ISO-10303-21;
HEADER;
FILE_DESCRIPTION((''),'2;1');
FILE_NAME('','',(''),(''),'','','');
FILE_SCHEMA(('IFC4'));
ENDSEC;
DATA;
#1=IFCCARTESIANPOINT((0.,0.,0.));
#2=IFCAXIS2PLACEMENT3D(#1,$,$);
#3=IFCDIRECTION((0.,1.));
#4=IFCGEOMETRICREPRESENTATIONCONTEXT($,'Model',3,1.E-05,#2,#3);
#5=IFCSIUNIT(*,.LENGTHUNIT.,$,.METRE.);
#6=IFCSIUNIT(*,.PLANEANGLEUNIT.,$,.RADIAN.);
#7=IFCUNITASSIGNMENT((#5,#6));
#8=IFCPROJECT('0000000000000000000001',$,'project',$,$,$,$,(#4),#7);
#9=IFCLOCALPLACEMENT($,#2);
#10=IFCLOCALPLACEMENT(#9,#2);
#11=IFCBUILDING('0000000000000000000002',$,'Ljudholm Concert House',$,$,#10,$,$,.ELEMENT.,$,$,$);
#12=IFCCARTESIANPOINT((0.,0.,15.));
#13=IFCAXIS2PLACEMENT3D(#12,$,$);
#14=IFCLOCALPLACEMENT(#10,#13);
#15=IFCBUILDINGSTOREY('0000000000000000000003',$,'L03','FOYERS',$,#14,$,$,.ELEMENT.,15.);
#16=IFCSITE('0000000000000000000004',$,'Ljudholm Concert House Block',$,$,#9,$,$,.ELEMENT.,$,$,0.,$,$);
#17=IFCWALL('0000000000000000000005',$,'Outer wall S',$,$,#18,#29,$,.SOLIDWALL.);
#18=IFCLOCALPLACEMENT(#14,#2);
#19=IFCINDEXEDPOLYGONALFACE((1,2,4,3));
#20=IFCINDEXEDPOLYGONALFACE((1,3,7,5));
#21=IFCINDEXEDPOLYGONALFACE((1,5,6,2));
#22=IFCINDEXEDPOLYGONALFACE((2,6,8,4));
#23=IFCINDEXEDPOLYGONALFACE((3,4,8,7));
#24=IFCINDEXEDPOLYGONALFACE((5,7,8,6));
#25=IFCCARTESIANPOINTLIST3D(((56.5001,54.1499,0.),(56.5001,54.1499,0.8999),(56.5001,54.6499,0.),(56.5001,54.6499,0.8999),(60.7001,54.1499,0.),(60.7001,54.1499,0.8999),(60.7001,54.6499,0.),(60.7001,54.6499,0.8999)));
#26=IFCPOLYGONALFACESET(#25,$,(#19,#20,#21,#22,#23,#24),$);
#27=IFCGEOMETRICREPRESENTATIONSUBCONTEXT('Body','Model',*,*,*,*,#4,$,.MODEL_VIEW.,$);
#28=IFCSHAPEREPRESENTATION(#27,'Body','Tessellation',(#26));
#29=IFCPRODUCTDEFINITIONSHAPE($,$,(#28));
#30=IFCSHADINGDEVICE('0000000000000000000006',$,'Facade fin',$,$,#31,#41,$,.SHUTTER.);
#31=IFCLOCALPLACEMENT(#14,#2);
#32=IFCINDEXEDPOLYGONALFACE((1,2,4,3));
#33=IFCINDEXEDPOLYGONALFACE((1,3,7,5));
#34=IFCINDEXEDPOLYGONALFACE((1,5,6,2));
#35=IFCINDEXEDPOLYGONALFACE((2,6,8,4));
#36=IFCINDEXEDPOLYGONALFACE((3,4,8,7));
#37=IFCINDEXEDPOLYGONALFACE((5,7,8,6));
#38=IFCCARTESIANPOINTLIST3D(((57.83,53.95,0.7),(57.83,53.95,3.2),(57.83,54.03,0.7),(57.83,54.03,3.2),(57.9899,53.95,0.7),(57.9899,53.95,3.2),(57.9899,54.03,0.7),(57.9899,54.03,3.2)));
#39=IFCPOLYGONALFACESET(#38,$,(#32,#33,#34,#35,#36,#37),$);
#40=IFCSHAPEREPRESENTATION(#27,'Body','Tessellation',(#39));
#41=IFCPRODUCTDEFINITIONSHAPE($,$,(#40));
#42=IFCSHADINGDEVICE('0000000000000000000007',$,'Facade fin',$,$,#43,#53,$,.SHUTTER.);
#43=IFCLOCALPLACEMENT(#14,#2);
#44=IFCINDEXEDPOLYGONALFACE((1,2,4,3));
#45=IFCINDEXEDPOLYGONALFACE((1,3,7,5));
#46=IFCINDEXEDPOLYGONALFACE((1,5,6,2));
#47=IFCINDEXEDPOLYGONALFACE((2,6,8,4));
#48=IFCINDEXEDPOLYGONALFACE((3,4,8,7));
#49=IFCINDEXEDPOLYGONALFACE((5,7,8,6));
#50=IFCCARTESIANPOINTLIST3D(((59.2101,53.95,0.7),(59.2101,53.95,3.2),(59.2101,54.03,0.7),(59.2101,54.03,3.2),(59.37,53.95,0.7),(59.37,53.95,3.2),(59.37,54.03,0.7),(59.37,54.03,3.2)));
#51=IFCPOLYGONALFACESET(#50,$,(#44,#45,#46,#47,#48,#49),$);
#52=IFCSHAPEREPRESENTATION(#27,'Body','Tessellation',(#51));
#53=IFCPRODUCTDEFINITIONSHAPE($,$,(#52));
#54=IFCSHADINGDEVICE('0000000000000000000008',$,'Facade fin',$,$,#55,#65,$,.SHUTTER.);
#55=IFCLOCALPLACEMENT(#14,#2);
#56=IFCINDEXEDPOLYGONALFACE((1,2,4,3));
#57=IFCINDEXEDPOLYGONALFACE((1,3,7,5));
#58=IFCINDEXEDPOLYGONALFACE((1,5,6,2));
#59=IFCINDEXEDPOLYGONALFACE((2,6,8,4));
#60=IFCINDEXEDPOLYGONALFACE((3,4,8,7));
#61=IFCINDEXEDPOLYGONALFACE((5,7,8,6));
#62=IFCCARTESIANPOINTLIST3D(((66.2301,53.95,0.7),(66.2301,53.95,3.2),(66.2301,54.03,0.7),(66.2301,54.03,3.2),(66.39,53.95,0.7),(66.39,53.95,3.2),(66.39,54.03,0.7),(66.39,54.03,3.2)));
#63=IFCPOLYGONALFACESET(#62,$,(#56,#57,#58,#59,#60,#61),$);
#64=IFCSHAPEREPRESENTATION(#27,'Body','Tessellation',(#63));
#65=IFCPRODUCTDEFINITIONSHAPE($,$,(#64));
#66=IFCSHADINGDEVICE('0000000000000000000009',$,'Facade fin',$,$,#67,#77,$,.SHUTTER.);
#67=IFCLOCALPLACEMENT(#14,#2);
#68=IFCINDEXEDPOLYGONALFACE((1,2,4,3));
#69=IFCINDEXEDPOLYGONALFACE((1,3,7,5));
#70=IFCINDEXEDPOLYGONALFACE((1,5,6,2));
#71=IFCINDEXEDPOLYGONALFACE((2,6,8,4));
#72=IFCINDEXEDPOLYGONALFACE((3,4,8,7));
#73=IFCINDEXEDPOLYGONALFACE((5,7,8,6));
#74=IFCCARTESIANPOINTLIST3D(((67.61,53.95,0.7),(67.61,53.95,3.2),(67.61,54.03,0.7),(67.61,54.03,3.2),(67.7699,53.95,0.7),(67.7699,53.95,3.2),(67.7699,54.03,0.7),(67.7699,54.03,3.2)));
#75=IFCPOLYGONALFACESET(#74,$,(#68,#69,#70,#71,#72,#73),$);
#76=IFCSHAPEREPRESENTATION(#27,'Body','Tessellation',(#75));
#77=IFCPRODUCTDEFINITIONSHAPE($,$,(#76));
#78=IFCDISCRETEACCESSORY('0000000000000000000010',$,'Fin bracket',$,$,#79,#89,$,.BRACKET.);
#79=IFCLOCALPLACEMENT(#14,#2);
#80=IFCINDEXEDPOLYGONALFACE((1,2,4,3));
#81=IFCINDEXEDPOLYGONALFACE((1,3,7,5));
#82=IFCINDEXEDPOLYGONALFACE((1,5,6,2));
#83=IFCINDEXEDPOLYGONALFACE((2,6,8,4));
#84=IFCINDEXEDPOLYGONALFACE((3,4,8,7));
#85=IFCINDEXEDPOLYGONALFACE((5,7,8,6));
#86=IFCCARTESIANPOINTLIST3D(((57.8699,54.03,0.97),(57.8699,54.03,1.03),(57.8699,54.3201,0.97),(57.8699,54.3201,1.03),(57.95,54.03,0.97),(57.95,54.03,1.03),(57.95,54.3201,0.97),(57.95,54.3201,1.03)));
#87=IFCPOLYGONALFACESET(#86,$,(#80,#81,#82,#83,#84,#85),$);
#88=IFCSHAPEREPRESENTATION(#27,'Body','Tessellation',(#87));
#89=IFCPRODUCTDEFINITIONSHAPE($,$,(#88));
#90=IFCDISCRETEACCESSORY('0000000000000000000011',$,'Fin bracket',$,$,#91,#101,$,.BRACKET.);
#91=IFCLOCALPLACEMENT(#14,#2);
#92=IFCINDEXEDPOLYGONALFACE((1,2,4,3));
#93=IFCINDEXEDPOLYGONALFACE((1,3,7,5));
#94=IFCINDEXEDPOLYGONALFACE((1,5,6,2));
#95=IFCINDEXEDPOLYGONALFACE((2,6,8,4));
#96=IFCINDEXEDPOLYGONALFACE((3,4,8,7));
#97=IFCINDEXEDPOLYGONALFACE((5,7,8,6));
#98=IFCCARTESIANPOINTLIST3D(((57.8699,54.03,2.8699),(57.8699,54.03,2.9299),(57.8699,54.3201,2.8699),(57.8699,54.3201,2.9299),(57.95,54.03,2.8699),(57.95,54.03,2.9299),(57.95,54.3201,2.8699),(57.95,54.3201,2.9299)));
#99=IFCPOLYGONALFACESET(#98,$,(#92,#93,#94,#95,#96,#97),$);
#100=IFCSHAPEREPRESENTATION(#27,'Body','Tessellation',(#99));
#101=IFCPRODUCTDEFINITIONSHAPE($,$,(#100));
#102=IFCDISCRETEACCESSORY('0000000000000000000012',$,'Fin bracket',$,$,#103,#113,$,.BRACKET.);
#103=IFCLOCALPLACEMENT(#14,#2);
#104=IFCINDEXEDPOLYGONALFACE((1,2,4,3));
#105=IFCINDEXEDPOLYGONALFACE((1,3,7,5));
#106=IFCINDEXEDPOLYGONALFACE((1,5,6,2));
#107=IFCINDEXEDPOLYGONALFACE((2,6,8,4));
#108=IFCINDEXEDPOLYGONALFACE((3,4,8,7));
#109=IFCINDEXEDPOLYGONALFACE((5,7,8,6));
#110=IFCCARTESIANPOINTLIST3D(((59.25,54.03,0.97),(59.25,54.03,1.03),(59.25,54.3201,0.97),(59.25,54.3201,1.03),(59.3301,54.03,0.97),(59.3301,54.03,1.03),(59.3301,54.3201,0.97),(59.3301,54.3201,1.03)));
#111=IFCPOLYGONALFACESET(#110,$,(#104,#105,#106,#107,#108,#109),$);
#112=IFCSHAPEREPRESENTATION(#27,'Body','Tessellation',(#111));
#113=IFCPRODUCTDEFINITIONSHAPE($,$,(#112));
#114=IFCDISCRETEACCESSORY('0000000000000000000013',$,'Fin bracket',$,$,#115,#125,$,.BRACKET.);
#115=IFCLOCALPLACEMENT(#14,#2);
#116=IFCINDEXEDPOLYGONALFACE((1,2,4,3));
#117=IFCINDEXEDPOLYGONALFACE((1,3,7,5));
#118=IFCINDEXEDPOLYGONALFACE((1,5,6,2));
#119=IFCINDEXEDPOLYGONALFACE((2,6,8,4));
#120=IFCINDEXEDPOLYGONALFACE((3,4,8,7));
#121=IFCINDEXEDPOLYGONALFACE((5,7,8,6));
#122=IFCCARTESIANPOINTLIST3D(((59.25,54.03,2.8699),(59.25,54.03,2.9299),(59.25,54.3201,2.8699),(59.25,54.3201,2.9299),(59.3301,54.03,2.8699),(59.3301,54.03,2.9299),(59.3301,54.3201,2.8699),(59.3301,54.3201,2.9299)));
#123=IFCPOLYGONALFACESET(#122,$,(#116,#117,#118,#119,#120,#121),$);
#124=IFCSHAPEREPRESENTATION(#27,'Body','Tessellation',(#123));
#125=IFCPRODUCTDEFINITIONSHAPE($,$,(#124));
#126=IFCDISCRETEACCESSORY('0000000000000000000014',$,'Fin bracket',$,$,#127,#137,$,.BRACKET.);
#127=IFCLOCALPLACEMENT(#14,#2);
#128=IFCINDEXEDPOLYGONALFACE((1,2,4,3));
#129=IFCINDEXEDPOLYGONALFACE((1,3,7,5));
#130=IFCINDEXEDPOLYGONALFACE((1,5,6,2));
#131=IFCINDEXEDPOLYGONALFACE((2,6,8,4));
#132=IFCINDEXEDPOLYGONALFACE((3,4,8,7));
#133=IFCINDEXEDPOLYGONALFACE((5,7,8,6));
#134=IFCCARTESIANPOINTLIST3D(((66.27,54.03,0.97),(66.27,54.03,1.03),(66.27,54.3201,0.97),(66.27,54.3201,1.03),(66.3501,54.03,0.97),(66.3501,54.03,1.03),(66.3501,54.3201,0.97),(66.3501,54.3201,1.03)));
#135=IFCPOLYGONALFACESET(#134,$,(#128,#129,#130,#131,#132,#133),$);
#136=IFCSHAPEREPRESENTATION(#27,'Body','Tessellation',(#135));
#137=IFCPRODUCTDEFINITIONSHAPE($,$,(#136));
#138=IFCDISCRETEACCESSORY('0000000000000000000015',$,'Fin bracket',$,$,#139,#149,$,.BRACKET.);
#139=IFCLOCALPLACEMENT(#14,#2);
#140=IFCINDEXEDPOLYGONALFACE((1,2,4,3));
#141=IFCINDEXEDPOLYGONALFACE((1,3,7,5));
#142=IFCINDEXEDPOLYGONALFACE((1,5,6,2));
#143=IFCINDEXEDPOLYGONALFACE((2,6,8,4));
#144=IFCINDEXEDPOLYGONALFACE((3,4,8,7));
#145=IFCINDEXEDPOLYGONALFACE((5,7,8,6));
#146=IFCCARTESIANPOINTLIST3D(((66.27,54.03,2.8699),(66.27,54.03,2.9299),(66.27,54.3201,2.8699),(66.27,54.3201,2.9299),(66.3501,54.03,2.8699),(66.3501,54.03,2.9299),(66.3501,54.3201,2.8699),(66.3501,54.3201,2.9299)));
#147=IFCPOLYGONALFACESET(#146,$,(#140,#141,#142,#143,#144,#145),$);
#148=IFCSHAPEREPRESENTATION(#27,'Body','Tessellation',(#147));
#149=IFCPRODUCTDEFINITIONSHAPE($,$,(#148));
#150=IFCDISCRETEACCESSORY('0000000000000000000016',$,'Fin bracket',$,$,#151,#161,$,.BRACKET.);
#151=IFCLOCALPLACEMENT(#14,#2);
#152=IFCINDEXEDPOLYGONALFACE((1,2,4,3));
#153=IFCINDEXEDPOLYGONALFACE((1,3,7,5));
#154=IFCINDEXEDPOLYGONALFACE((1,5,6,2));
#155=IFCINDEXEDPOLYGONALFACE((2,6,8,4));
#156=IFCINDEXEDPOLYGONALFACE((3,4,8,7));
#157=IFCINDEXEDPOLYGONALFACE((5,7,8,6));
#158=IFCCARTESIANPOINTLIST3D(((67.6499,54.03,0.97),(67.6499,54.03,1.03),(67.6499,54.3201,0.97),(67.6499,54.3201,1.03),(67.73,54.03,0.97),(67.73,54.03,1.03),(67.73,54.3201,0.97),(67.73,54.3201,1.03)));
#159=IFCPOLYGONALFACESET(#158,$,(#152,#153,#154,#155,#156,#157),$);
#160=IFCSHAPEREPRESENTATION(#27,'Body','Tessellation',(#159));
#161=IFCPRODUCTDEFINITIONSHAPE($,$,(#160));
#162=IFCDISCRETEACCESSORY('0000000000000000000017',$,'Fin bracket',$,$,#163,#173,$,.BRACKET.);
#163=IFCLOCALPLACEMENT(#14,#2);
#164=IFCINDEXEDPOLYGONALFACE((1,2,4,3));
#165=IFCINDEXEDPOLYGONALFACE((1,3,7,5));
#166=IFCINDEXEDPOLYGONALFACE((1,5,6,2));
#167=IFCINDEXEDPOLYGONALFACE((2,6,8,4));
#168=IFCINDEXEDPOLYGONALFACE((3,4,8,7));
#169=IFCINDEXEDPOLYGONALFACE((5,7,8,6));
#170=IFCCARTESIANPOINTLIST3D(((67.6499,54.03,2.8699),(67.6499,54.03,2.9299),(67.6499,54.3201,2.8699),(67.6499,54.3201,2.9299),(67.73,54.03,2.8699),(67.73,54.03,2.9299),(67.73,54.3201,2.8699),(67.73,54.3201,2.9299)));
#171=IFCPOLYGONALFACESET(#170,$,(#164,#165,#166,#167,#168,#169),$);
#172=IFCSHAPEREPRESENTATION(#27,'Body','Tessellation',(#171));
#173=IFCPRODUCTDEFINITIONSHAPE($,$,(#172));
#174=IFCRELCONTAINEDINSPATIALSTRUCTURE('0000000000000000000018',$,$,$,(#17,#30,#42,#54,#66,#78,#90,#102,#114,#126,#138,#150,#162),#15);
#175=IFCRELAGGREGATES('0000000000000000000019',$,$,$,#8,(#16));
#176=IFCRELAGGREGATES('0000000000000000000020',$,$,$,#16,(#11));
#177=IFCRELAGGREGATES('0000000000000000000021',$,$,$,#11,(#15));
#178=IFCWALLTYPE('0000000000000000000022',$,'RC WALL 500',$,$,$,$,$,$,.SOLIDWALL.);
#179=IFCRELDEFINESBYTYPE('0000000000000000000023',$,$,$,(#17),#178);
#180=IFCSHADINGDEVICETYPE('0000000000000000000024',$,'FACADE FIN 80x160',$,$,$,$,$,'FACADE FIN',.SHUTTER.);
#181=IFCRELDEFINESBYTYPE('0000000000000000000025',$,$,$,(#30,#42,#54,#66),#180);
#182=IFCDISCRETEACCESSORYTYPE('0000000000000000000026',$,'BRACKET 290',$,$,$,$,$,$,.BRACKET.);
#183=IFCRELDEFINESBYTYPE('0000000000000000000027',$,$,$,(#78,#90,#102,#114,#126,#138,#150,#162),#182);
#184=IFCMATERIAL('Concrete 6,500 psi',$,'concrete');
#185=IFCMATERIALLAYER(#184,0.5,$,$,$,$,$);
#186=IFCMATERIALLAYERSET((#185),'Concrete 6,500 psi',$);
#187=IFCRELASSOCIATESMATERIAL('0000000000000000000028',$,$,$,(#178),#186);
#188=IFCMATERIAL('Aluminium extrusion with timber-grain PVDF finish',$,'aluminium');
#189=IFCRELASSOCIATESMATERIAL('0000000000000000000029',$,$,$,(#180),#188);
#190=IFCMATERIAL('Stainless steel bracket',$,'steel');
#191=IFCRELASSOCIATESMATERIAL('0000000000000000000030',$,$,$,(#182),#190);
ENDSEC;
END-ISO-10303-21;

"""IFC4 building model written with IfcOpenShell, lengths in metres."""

from ifc_helpers import new_model, si_unit, direction, frame, frame_2d, origin, origin_2d, place, context, subcontext, project, spatial, rectangle, extrude, material, layer, layer_set, type_object, element, save


model = new_model("IFC4")

# Units and contexts
model_context = context("Model", 3, precision=1e-05, world=origin(), true_north=direction((0.0, 1.0)))
body_context = subcontext(model_context, "Body", "Model", "MODEL_VIEW")
ifc_project = project(units=[si_unit("LENGTHUNIT", "METRE"), si_unit("PLANEANGLEUNIT", "RADIAN")], contexts=[model_context])

# Site, building, storey
site_placement = place(None, origin())
site = spatial("IfcSite", under=ifc_project, at=site_placement, Name="Ljudholm Concert House Block", CompositionType="ELEMENT", RefElevation=0.0)
building_placement = place(site_placement, origin())
building = spatial("IfcBuilding", under=site, at=building_placement, Name="Ljudholm Concert House", CompositionType="ELEMENT")
storey_placement = place(building_placement, frame((0.0, 0.0, 15.0)))
storey = spatial("IfcBuildingStorey", under=building, at=storey_placement, Name="L03", Description="FOYERS", CompositionType="ELEMENT", Elevation=15.0)

# Wall
ifc_material_1 = material(Name="Concrete 6,500 psi", Category="concrete")
ifc_layer_1 = layer(ifc_material_1, 0.5)
ifc_layer_set_1 = layer_set([ifc_layer_1], Name="Concrete 6,500 psi")
wall_type = type_object("IfcWallType", Name="RC WALL 500", PredefinedType="SOLIDWALL", material=ifc_layer_set_1)
wall_1_placement = place(storey_placement, frame((56.5, 54.3999, 0.0), z_axis=(0.0, 0.0, 1.0), x_axis=(1.0, 0.0, 0.0)))
element("IfcWall", 1, at=wall_1_placement, inside=storey, type_object=wall_type, Name="Outer wall S", PredefinedType="SOLIDWALL", context=body_context, shape_type="SweptSolid", body=[
    extrude(rectangle(XDim=4.2, YDim=0.5, at=frame_2d((2.1001, 0.0))), origin(), (0.0, 0.0, 1.0), 0.8999),
])

# Shading devices
ifc_material_2 = material(Name="Aluminium extrusion with timber-grain PVDF finish", Category="aluminium")
shading_device_type = type_object("IfcShadingDeviceType", Name="FACADE FIN 80x160", ElementType="FACADE FIN", PredefinedType="SHUTTER", material=ifc_material_2)
for number, where, z_axis, x_axis, name in (
    (2, (57.9099, 53.99, 0.7), (0.0, 0.0, 1.0), (0.0, -1.0, 0.0), "Facade fin"),
    (3, (59.29, 53.99, 0.7), (0.0, 0.0, 1.0), (0.0, -1.0, 0.0), "Facade fin"),
    (4, (66.3101, 53.99, 0.7), (0.0, 0.0, 1.0), (0.0, -1.0, 0.0), "Facade fin"),
    (5, (67.6899, 53.99, 0.7), (0.0, 0.0, 1.0), (0.0, -1.0, 0.0), "Facade fin"),
):
    element("IfcShadingDevice", number, at=place(storey_placement, frame(where, z_axis=z_axis, x_axis=x_axis)), inside=storey, type_object=shading_device_type, Name=name, PredefinedType="SHUTTER", context=body_context, shape_type="SweptSolid", body=[
        extrude(rectangle(XDim=0.0801, YDim=0.1599, at=origin_2d()), origin(), (0.0, 0.0, 1.0), 2.5),
    ])

# Discrete accessories
ifc_material_3 = material(Name="Stainless steel bracket", Category="steel")
discrete_accessory_type = type_object("IfcDiscreteAccessoryType", Name="BRACKET 290", PredefinedType="BRACKET", material=ifc_material_3)
for number, where, z_axis, x_axis, name in (
    (6, (57.9099, 54.175, 0.97), (0.0, 0.0, 1.0), (0.0, -1.0, 0.0), "Fin bracket"),
    (7, (57.9099, 54.175, 2.8699), (0.0, 0.0, 1.0), (0.0, -1.0, 0.0), "Fin bracket"),
    (8, (59.29, 54.175, 0.97), (0.0, 0.0, 1.0), (0.0, -1.0, 0.0), "Fin bracket"),
    (9, (59.29, 54.175, 2.8699), (0.0, 0.0, 1.0), (0.0, -1.0, 0.0), "Fin bracket"),
    (10, (66.3101, 54.175, 0.97), (0.0, 0.0, 1.0), (0.0, -1.0, 0.0), "Fin bracket"),
    (11, (66.3101, 54.175, 2.8699), (0.0, 0.0, 1.0), (0.0, -1.0, 0.0), "Fin bracket"),
    (12, (67.6899, 54.175, 0.97), (0.0, 0.0, 1.0), (0.0, -1.0, 0.0), "Fin bracket"),
    (13, (67.6899, 54.175, 2.8699), (0.0, 0.0, 1.0), (0.0, -1.0, 0.0), "Fin bracket"),
):
    element("IfcDiscreteAccessory", number, at=place(storey_placement, frame(where, z_axis=z_axis, x_axis=x_axis)), inside=storey, type_object=discrete_accessory_type, Name=name, PredefinedType="BRACKET", context=body_context, shape_type="SweptSolid", body=[
        extrude(rectangle(XDim=0.29, YDim=0.0801, at=origin_2d()), origin(), (0.0, 0.0, 1.0), 0.0601),
    ])

save(model, "model.ifc")
